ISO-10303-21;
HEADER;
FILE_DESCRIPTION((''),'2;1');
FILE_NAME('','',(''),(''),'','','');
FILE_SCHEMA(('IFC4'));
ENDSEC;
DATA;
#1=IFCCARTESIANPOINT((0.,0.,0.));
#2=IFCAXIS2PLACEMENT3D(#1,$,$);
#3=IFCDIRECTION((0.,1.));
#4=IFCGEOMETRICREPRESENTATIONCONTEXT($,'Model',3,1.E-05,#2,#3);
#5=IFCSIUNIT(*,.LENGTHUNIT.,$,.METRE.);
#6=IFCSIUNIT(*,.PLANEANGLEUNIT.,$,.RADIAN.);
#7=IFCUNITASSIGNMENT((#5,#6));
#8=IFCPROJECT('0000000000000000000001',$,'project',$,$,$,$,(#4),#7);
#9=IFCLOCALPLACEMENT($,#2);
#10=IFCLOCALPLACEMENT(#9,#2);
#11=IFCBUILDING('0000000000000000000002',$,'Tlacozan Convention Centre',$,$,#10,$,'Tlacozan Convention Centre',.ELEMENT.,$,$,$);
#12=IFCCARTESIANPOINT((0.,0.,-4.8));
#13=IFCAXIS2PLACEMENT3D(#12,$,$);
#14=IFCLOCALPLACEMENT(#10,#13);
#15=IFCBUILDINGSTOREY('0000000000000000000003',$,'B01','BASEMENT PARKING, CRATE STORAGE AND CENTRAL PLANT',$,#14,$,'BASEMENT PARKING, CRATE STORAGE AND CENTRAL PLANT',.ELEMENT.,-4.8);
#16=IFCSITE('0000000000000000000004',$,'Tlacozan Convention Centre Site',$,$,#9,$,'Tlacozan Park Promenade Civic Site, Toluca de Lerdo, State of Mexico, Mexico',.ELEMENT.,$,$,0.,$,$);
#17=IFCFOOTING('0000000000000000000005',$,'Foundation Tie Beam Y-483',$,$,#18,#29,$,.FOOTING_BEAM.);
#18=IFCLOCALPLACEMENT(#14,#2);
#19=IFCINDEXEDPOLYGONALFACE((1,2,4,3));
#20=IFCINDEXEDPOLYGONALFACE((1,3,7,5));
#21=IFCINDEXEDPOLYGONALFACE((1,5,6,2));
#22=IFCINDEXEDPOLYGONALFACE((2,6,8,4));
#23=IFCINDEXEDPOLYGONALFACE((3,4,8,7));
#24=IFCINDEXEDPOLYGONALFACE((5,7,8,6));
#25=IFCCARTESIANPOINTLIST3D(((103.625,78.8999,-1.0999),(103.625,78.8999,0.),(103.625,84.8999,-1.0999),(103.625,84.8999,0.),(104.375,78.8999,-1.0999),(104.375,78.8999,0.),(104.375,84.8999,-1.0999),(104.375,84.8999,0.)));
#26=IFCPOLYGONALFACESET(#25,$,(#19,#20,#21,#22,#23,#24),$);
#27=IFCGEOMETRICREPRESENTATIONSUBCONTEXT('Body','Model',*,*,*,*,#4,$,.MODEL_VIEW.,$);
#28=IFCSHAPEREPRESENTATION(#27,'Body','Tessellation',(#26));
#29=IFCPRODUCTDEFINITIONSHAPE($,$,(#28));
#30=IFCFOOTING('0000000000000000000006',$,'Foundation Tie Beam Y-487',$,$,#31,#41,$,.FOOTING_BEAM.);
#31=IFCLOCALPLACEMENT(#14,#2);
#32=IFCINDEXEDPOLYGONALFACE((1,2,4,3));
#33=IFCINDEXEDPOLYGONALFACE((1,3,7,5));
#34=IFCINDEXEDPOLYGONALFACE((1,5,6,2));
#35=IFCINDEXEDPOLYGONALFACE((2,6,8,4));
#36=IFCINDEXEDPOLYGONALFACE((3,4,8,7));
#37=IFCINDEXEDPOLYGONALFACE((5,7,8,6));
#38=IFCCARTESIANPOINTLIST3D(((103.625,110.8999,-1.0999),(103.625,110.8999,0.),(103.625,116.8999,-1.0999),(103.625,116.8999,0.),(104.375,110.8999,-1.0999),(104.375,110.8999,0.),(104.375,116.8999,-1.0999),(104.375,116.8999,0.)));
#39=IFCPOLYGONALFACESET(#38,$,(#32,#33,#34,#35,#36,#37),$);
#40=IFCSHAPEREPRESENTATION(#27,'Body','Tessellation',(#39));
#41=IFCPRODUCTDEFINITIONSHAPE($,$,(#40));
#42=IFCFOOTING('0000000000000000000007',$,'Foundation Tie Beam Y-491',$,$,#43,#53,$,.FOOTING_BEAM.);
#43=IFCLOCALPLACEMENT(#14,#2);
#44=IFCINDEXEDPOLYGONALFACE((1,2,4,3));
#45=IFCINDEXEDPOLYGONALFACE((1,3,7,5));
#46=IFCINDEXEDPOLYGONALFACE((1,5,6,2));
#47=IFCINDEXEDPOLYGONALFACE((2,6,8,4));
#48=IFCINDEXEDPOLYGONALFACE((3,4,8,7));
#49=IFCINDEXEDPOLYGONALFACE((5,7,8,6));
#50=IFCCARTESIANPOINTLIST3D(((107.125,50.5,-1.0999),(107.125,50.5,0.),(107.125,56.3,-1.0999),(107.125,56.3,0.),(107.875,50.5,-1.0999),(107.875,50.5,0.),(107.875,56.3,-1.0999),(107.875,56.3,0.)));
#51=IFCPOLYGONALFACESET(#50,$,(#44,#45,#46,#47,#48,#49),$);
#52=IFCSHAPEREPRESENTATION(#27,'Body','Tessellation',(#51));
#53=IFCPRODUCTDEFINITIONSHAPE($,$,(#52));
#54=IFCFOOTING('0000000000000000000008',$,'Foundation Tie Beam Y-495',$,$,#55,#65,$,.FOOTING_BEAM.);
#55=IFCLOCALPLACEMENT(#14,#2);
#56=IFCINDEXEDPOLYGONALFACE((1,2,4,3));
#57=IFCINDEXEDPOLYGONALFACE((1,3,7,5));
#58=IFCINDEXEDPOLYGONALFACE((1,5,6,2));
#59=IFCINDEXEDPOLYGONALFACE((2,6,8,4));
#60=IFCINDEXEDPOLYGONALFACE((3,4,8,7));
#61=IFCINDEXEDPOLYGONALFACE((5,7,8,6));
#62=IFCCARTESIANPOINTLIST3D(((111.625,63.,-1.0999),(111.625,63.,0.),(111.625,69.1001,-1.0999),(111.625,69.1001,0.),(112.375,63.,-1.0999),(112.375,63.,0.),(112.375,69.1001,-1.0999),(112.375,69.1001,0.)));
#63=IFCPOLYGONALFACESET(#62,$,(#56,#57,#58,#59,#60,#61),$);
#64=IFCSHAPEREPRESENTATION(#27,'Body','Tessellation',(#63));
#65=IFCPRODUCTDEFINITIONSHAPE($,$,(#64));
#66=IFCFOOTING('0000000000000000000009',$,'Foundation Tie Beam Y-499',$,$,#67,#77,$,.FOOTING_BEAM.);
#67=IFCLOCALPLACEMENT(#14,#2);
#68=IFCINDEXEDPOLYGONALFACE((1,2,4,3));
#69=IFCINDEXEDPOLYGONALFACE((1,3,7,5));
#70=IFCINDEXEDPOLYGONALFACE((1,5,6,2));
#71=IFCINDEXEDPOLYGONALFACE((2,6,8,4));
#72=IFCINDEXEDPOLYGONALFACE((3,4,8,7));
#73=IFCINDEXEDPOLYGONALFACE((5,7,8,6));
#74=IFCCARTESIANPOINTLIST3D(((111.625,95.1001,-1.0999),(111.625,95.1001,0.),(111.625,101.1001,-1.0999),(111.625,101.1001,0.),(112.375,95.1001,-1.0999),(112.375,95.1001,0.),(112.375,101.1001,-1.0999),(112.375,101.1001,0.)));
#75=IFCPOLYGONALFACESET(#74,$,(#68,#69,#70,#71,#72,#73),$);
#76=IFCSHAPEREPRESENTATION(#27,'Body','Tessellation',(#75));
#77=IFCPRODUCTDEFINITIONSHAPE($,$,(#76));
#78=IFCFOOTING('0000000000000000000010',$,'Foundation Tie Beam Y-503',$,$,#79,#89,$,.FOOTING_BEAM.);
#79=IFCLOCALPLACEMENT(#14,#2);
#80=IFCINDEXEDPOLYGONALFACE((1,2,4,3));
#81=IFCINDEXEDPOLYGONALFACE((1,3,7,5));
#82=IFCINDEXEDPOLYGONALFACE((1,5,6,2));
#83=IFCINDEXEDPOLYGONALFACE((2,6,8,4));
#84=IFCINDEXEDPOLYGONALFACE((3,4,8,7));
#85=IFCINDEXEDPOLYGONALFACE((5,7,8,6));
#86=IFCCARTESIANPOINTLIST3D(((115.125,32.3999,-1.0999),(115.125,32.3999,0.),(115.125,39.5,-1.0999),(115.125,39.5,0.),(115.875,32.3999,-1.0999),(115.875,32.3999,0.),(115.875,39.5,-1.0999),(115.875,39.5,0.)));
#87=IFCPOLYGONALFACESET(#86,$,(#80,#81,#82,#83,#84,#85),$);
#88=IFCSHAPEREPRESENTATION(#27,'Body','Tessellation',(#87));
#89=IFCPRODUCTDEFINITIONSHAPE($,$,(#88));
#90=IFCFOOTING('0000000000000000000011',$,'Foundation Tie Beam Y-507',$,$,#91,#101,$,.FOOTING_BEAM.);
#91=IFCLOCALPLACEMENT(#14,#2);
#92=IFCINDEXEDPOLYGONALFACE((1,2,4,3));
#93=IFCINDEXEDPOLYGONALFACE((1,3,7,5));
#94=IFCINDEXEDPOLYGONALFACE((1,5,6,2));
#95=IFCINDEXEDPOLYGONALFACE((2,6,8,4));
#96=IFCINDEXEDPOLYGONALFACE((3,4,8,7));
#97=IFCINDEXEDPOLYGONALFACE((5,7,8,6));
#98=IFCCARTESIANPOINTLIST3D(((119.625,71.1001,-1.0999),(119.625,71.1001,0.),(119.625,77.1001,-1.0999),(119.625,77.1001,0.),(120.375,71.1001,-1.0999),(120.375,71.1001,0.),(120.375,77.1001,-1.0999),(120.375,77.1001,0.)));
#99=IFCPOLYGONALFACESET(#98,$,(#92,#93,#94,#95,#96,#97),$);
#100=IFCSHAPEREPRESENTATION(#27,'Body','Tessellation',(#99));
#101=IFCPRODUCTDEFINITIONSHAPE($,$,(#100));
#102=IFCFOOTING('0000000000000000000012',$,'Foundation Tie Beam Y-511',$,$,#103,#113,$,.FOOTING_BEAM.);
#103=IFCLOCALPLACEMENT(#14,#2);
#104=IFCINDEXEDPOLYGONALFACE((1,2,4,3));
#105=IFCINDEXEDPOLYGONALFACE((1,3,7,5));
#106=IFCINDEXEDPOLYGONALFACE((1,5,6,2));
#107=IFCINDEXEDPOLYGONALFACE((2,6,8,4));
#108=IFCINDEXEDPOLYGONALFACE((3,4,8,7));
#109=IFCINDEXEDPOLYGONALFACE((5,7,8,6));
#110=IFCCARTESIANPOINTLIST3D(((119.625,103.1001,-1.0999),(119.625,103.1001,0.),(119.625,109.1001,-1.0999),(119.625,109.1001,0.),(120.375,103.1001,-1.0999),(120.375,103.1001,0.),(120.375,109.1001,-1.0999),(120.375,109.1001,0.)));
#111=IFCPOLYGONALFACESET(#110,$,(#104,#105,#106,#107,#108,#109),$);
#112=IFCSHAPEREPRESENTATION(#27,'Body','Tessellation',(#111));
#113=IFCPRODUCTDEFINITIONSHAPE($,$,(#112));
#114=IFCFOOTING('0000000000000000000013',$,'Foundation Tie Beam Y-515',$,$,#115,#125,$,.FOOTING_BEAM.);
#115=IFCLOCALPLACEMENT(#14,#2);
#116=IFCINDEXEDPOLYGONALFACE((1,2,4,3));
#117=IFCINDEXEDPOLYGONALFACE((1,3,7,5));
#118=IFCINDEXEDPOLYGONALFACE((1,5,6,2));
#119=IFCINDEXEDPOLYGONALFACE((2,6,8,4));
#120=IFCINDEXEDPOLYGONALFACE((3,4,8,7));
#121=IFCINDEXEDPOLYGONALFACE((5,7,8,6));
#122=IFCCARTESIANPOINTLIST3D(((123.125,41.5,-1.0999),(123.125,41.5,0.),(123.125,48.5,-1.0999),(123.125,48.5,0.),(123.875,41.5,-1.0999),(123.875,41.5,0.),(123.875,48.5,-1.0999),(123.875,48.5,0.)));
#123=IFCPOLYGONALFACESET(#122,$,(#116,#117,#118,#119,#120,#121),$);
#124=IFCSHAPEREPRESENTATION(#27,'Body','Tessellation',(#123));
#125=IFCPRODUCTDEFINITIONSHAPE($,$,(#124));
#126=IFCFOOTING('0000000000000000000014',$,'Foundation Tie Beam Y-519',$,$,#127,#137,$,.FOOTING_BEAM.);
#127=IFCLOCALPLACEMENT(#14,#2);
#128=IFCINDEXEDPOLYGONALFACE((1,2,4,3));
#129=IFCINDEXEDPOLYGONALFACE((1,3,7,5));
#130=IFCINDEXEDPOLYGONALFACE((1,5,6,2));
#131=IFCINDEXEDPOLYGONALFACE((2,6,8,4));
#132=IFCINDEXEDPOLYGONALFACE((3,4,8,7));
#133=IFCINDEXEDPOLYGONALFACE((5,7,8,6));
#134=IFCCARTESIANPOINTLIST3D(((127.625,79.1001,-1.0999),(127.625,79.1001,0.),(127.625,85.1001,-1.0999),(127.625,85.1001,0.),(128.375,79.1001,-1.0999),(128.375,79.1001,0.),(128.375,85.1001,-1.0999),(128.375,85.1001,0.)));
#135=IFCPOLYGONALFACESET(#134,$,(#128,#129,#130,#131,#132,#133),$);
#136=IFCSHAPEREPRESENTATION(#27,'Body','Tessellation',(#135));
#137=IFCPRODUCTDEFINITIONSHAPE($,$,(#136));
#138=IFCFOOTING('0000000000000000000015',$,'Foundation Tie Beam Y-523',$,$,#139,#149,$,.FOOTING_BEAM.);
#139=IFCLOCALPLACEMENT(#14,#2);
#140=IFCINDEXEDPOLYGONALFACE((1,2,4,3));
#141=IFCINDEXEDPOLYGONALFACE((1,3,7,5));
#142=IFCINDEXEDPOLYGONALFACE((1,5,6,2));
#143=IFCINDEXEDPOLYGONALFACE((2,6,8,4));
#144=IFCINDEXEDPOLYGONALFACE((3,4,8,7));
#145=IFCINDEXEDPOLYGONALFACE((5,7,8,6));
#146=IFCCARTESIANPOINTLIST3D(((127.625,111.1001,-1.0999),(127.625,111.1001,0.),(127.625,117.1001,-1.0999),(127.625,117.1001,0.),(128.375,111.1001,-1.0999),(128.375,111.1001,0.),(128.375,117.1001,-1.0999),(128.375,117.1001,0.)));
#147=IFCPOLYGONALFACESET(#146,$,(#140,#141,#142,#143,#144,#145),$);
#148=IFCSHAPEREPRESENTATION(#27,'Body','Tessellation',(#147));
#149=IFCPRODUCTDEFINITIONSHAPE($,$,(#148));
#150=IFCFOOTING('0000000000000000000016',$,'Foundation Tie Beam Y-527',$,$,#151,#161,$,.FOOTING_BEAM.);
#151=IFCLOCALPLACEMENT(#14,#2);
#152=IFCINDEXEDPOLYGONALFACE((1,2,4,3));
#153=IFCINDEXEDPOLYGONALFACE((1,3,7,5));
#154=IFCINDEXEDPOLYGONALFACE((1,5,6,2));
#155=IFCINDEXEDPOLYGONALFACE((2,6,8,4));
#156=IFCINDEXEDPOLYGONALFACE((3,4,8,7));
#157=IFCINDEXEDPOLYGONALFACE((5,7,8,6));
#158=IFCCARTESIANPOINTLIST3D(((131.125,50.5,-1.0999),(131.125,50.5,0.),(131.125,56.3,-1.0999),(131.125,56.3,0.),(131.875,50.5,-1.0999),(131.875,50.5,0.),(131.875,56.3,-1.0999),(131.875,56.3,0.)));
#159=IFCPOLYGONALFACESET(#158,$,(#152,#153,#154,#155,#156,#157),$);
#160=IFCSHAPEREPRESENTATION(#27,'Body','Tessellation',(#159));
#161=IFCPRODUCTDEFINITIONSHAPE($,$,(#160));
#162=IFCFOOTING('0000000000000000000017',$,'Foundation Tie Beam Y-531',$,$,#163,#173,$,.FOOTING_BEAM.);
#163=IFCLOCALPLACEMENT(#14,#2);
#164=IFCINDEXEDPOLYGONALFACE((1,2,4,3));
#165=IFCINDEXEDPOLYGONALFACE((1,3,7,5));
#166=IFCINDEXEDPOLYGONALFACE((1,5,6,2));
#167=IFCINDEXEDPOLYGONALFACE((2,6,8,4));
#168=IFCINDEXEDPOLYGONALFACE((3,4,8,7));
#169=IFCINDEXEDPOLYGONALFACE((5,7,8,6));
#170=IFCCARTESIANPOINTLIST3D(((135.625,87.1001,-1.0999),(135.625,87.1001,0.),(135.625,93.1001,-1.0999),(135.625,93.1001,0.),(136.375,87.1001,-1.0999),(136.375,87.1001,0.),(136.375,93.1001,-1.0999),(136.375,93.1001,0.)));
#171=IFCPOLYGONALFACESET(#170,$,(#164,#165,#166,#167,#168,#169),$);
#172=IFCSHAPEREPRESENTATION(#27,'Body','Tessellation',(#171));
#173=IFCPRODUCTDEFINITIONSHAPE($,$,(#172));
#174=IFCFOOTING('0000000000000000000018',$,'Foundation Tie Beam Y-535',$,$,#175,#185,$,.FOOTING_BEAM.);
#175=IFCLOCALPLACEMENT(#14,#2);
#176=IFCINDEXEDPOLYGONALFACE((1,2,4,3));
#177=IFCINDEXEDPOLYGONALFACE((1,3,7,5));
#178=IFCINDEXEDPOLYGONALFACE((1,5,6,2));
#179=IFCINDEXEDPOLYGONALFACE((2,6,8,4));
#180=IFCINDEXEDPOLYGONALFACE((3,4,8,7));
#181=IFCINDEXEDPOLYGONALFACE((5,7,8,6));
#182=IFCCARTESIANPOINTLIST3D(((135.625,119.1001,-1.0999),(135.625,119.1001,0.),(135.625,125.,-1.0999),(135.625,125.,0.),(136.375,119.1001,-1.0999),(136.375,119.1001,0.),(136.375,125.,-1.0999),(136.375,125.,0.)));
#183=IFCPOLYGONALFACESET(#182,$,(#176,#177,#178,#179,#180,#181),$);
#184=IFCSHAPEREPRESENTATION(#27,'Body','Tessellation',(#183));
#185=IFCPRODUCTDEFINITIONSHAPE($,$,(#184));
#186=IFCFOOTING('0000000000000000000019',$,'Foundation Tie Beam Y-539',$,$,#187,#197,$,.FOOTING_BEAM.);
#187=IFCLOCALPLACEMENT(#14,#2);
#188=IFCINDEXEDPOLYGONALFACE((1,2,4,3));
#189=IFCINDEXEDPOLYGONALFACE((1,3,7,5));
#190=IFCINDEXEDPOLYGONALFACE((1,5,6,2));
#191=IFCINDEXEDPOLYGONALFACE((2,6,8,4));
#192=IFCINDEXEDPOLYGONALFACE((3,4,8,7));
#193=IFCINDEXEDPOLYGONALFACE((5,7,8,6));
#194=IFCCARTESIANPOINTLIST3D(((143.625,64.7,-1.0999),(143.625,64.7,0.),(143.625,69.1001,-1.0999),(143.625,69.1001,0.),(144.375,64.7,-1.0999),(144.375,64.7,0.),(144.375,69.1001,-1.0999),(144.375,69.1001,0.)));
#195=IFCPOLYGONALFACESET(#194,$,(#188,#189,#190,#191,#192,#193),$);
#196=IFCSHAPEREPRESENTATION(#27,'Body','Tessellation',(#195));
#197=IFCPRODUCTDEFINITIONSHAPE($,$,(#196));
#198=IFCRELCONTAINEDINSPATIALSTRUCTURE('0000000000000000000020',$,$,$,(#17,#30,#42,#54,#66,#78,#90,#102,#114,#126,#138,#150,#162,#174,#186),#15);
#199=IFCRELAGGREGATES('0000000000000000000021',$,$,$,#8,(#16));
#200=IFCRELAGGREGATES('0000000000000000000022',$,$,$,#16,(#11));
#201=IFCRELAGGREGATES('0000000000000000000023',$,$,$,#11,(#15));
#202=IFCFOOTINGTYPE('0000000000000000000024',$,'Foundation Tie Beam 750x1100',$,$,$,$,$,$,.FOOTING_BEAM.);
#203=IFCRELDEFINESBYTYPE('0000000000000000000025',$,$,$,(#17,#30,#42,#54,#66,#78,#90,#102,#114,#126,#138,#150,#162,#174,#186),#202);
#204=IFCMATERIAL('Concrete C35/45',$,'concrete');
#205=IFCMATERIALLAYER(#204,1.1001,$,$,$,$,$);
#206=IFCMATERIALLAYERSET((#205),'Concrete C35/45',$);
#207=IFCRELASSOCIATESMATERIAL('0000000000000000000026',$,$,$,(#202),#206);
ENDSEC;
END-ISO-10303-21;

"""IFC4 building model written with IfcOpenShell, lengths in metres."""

from ifc_helpers import new_model, si_unit, direction, frame, origin, place, context, subcontext, project, spatial, polyline, outline, extrude, material, layer, layer_set, type_object, element, save


model = new_model("IFC4")

# Units and contexts
model_context = context("Model", 3, precision=1e-05, world=origin(), true_north=direction((0.0, 1.0)))
body_context = subcontext(model_context, "Body", "Model", "MODEL_VIEW")
ifc_project = project(units=[si_unit("LENGTHUNIT", "METRE"), si_unit("PLANEANGLEUNIT", "RADIAN")], contexts=[model_context])

# Site, building, storey
site_placement = place(None, origin())
site = spatial("IfcSite", under=ifc_project, at=site_placement, Name="Tlacozan Convention Centre Site", LongName="Tlacozan Park Promenade Civic Site, Toluca de Lerdo, State of Mexico, Mexico", CompositionType="ELEMENT", RefElevation=0.0)
building_placement = place(site_placement, origin())
building = spatial("IfcBuilding", under=site, at=building_placement, Name="Tlacozan Convention Centre", LongName="Tlacozan Convention Centre", CompositionType="ELEMENT")
storey_placement = place(building_placement, frame((0.0, 0.0, -4.8)))
storey = spatial("IfcBuildingStorey", under=building, at=storey_placement, Name="B01", Description="BASEMENT PARKING, CRATE STORAGE AND CENTRAL PLANT", LongName="BASEMENT PARKING, CRATE STORAGE AND CENTRAL PLANT", CompositionType="ELEMENT", Elevation=-4.8)

# Footings
ifc_material = material(Name="Concrete C35/45", Category="concrete")
ifc_layer = layer(ifc_material, 1.1001)
ifc_layer_set = layer_set([ifc_layer], Name="Concrete C35/45")
footing_type = type_object("IfcFootingType", Name="Foundation Tie Beam 750x1100", PredefinedType="FOOTING_BEAM", material=ifc_layer_set)
footing_1_placement = place(storey_placement, frame((0.0, 0.0, -1.0999)))
element("IfcFooting", 1, at=footing_1_placement, inside=storey, type_object=footing_type, Name="Foundation Tie Beam Y-483", PredefinedType="FOOTING_BEAM", context=body_context, shape_type="SweptSolid", body=[
    extrude(outline(polyline([(103.625, 78.8999), (104.375, 78.8999), (104.375, 84.8999), (103.625, 84.8999), (103.625, 78.8999)])), origin(), (0.0, 0.0, 1.0), 1.0999),
])
footing_2_placement = place(storey_placement, frame((0.0, 0.0, -1.0999)))
element("IfcFooting", 2, at=footing_2_placement, inside=storey, type_object=footing_type, Name="Foundation Tie Beam Y-487", PredefinedType="FOOTING_BEAM", context=body_context, shape_type="SweptSolid", body=[
    extrude(outline(polyline([(103.625, 110.8999), (104.375, 110.8999), (104.375, 116.8999), (103.625, 116.8999), (103.625, 110.8999)])), origin(), (0.0, 0.0, 1.0), 1.0999),
])
footing_3_placement = place(storey_placement, frame((0.0, 0.0, -1.0999)))
element("IfcFooting", 3, at=footing_3_placement, inside=storey, type_object=footing_type, Name="Foundation Tie Beam Y-491", PredefinedType="FOOTING_BEAM", context=body_context, shape_type="SweptSolid", body=[
    extrude(outline(polyline([(107.125, 50.5), (107.875, 50.5), (107.875, 56.3), (107.125, 56.3), (107.125, 50.5)])), origin(), (0.0, 0.0, 1.0), 1.0999),
])
footing_4_placement = place(storey_placement, frame((0.0, 0.0, -1.0999)))
element("IfcFooting", 4, at=footing_4_placement, inside=storey, type_object=footing_type, Name="Foundation Tie Beam Y-495", PredefinedType="FOOTING_BEAM", context=body_context, shape_type="SweptSolid", body=[
    extrude(outline(polyline([(111.625, 63.0), (112.375, 63.0), (112.375, 69.1001), (111.625, 69.1001), (111.625, 63.0)])), origin(), (0.0, 0.0, 1.0), 1.0999),
])
footing_5_placement = place(storey_placement, frame((0.0, 0.0, -1.0999)))
element("IfcFooting", 5, at=footing_5_placement, inside=storey, type_object=footing_type, Name="Foundation Tie Beam Y-499", PredefinedType="FOOTING_BEAM", context=body_context, shape_type="SweptSolid", body=[
    extrude(outline(polyline([(111.625, 95.1001), (112.375, 95.1001), (112.375, 101.1001), (111.625, 101.1001), (111.625, 95.1001)])), origin(), (0.0, 0.0, 1.0), 1.0999),
])
footing_6_placement = place(storey_placement, frame((0.0, 0.0, -1.0999)))
element("IfcFooting", 6, at=footing_6_placement, inside=storey, type_object=footing_type, Name="Foundation Tie Beam Y-503", PredefinedType="FOOTING_BEAM", context=body_context, shape_type="SweptSolid", body=[
    extrude(outline(polyline([(115.125, 32.3999), (115.875, 32.3999), (115.875, 39.5), (115.125, 39.5), (115.125, 32.3999)])), origin(), (0.0, 0.0, 1.0), 1.0999),
])
footing_7_placement = place(storey_placement, frame((0.0, 0.0, -1.0999)))
element("IfcFooting", 7, at=footing_7_placement, inside=storey, type_object=footing_type, Name="Foundation Tie Beam Y-507", PredefinedType="FOOTING_BEAM", context=body_context, shape_type="SweptSolid", body=[
    extrude(outline(polyline([(119.625, 71.1001), (120.375, 71.1001), (120.375, 77.1001), (119.625, 77.1001), (119.625, 71.1001)])), origin(), (0.0, 0.0, 1.0), 1.0999),
])
footing_8_placement = place(storey_placement, frame((0.0, 0.0, -1.0999)))
element("IfcFooting", 8, at=footing_8_placement, inside=storey, type_object=footing_type, Name="Foundation Tie Beam Y-511", PredefinedType="FOOTING_BEAM", context=body_context, shape_type="SweptSolid", body=[
    extrude(outline(polyline([(119.625, 103.1001), (120.375, 103.1001), (120.375, 109.1001), (119.625, 109.1001), (119.625, 103.1001)])), origin(), (0.0, 0.0, 1.0), 1.0999),
])
footing_9_placement = place(storey_placement, frame((0.0, 0.0, -1.0999)))
element("IfcFooting", 9, at=footing_9_placement, inside=storey, type_object=footing_type, Name="Foundation Tie Beam Y-515", PredefinedType="FOOTING_BEAM", context=body_context, shape_type="SweptSolid", body=[
    extrude(outline(polyline([(123.125, 41.5), (123.875, 41.5), (123.875, 48.5), (123.125, 48.5), (123.125, 41.5)])), origin(), (0.0, 0.0, 1.0), 1.0999),
])
footing_10_placement = place(storey_placement, frame((0.0, 0.0, -1.0999)))
element("IfcFooting", 10, at=footing_10_placement, inside=storey, type_object=footing_type, Name="Foundation Tie Beam Y-519", PredefinedType="FOOTING_BEAM", context=body_context, shape_type="SweptSolid", body=[
    extrude(outline(polyline([(127.625, 79.1001), (128.375, 79.1001), (128.375, 85.1001), (127.625, 85.1001), (127.625, 79.1001)])), origin(), (0.0, 0.0, 1.0), 1.0999),
])
footing_11_placement = place(storey_placement, frame((0.0, 0.0, -1.0999)))
element("IfcFooting", 11, at=footing_11_placement, inside=storey, type_object=footing_type, Name="Foundation Tie Beam Y-523", PredefinedType="FOOTING_BEAM", context=body_context, shape_type="SweptSolid", body=[
    extrude(outline(polyline([(127.625, 111.1001), (128.375, 111.1001), (128.375, 117.1001), (127.625, 117.1001), (127.625, 111.1001)])), origin(), (0.0, 0.0, 1.0), 1.0999),
])
footing_12_placement = place(storey_placement, frame((0.0, 0.0, -1.0999)))
element("IfcFooting", 12, at=footing_12_placement, inside=storey, type_object=footing_type, Name="Foundation Tie Beam Y-527", PredefinedType="FOOTING_BEAM", context=body_context, shape_type="SweptSolid", body=[
    extrude(outline(polyline([(131.125, 50.5), (131.875, 50.5), (131.875, 56.3), (131.125, 56.3), (131.125, 50.5)])), origin(), (0.0, 0.0, 1.0), 1.0999),
])
footing_13_placement = place(storey_placement, frame((0.0, 0.0, -1.0999)))
element("IfcFooting", 13, at=footing_13_placement, inside=storey, type_object=footing_type, Name="Foundation Tie Beam Y-531", PredefinedType="FOOTING_BEAM", context=body_context, shape_type="SweptSolid", body=[
    extrude(outline(polyline([(135.625, 87.1001), (136.375, 87.1001), (136.375, 93.1001), (135.625, 93.1001), (135.625, 87.1001)])), origin(), (0.0, 0.0, 1.0), 1.0999),
])
footing_14_placement = place(storey_placement, frame((0.0, 0.0, -1.0999)))
element("IfcFooting", 14, at=footing_14_placement, inside=storey, type_object=footing_type, Name="Foundation Tie Beam Y-535", PredefinedType="FOOTING_BEAM", context=body_context, shape_type="SweptSolid", body=[
    extrude(outline(polyline([(135.625, 119.1001), (136.375, 119.1001), (136.375, 125.0), (135.625, 125.0), (135.625, 119.1001)])), origin(), (0.0, 0.0, 1.0), 1.0999),
])
footing_15_placement = place(storey_placement, frame((0.0, 0.0, -1.0999)))
element("IfcFooting", 15, at=footing_15_placement, inside=storey, type_object=footing_type, Name="Foundation Tie Beam Y-539", PredefinedType="FOOTING_BEAM", context=body_context, shape_type="SweptSolid", body=[
    extrude(outline(polyline([(143.625, 64.7), (144.375, 64.7), (144.375, 69.1001), (143.625, 69.1001), (143.625, 64.7)])), origin(), (0.0, 0.0, 1.0), 1.0999),
])

save(model, "model.ifc")
